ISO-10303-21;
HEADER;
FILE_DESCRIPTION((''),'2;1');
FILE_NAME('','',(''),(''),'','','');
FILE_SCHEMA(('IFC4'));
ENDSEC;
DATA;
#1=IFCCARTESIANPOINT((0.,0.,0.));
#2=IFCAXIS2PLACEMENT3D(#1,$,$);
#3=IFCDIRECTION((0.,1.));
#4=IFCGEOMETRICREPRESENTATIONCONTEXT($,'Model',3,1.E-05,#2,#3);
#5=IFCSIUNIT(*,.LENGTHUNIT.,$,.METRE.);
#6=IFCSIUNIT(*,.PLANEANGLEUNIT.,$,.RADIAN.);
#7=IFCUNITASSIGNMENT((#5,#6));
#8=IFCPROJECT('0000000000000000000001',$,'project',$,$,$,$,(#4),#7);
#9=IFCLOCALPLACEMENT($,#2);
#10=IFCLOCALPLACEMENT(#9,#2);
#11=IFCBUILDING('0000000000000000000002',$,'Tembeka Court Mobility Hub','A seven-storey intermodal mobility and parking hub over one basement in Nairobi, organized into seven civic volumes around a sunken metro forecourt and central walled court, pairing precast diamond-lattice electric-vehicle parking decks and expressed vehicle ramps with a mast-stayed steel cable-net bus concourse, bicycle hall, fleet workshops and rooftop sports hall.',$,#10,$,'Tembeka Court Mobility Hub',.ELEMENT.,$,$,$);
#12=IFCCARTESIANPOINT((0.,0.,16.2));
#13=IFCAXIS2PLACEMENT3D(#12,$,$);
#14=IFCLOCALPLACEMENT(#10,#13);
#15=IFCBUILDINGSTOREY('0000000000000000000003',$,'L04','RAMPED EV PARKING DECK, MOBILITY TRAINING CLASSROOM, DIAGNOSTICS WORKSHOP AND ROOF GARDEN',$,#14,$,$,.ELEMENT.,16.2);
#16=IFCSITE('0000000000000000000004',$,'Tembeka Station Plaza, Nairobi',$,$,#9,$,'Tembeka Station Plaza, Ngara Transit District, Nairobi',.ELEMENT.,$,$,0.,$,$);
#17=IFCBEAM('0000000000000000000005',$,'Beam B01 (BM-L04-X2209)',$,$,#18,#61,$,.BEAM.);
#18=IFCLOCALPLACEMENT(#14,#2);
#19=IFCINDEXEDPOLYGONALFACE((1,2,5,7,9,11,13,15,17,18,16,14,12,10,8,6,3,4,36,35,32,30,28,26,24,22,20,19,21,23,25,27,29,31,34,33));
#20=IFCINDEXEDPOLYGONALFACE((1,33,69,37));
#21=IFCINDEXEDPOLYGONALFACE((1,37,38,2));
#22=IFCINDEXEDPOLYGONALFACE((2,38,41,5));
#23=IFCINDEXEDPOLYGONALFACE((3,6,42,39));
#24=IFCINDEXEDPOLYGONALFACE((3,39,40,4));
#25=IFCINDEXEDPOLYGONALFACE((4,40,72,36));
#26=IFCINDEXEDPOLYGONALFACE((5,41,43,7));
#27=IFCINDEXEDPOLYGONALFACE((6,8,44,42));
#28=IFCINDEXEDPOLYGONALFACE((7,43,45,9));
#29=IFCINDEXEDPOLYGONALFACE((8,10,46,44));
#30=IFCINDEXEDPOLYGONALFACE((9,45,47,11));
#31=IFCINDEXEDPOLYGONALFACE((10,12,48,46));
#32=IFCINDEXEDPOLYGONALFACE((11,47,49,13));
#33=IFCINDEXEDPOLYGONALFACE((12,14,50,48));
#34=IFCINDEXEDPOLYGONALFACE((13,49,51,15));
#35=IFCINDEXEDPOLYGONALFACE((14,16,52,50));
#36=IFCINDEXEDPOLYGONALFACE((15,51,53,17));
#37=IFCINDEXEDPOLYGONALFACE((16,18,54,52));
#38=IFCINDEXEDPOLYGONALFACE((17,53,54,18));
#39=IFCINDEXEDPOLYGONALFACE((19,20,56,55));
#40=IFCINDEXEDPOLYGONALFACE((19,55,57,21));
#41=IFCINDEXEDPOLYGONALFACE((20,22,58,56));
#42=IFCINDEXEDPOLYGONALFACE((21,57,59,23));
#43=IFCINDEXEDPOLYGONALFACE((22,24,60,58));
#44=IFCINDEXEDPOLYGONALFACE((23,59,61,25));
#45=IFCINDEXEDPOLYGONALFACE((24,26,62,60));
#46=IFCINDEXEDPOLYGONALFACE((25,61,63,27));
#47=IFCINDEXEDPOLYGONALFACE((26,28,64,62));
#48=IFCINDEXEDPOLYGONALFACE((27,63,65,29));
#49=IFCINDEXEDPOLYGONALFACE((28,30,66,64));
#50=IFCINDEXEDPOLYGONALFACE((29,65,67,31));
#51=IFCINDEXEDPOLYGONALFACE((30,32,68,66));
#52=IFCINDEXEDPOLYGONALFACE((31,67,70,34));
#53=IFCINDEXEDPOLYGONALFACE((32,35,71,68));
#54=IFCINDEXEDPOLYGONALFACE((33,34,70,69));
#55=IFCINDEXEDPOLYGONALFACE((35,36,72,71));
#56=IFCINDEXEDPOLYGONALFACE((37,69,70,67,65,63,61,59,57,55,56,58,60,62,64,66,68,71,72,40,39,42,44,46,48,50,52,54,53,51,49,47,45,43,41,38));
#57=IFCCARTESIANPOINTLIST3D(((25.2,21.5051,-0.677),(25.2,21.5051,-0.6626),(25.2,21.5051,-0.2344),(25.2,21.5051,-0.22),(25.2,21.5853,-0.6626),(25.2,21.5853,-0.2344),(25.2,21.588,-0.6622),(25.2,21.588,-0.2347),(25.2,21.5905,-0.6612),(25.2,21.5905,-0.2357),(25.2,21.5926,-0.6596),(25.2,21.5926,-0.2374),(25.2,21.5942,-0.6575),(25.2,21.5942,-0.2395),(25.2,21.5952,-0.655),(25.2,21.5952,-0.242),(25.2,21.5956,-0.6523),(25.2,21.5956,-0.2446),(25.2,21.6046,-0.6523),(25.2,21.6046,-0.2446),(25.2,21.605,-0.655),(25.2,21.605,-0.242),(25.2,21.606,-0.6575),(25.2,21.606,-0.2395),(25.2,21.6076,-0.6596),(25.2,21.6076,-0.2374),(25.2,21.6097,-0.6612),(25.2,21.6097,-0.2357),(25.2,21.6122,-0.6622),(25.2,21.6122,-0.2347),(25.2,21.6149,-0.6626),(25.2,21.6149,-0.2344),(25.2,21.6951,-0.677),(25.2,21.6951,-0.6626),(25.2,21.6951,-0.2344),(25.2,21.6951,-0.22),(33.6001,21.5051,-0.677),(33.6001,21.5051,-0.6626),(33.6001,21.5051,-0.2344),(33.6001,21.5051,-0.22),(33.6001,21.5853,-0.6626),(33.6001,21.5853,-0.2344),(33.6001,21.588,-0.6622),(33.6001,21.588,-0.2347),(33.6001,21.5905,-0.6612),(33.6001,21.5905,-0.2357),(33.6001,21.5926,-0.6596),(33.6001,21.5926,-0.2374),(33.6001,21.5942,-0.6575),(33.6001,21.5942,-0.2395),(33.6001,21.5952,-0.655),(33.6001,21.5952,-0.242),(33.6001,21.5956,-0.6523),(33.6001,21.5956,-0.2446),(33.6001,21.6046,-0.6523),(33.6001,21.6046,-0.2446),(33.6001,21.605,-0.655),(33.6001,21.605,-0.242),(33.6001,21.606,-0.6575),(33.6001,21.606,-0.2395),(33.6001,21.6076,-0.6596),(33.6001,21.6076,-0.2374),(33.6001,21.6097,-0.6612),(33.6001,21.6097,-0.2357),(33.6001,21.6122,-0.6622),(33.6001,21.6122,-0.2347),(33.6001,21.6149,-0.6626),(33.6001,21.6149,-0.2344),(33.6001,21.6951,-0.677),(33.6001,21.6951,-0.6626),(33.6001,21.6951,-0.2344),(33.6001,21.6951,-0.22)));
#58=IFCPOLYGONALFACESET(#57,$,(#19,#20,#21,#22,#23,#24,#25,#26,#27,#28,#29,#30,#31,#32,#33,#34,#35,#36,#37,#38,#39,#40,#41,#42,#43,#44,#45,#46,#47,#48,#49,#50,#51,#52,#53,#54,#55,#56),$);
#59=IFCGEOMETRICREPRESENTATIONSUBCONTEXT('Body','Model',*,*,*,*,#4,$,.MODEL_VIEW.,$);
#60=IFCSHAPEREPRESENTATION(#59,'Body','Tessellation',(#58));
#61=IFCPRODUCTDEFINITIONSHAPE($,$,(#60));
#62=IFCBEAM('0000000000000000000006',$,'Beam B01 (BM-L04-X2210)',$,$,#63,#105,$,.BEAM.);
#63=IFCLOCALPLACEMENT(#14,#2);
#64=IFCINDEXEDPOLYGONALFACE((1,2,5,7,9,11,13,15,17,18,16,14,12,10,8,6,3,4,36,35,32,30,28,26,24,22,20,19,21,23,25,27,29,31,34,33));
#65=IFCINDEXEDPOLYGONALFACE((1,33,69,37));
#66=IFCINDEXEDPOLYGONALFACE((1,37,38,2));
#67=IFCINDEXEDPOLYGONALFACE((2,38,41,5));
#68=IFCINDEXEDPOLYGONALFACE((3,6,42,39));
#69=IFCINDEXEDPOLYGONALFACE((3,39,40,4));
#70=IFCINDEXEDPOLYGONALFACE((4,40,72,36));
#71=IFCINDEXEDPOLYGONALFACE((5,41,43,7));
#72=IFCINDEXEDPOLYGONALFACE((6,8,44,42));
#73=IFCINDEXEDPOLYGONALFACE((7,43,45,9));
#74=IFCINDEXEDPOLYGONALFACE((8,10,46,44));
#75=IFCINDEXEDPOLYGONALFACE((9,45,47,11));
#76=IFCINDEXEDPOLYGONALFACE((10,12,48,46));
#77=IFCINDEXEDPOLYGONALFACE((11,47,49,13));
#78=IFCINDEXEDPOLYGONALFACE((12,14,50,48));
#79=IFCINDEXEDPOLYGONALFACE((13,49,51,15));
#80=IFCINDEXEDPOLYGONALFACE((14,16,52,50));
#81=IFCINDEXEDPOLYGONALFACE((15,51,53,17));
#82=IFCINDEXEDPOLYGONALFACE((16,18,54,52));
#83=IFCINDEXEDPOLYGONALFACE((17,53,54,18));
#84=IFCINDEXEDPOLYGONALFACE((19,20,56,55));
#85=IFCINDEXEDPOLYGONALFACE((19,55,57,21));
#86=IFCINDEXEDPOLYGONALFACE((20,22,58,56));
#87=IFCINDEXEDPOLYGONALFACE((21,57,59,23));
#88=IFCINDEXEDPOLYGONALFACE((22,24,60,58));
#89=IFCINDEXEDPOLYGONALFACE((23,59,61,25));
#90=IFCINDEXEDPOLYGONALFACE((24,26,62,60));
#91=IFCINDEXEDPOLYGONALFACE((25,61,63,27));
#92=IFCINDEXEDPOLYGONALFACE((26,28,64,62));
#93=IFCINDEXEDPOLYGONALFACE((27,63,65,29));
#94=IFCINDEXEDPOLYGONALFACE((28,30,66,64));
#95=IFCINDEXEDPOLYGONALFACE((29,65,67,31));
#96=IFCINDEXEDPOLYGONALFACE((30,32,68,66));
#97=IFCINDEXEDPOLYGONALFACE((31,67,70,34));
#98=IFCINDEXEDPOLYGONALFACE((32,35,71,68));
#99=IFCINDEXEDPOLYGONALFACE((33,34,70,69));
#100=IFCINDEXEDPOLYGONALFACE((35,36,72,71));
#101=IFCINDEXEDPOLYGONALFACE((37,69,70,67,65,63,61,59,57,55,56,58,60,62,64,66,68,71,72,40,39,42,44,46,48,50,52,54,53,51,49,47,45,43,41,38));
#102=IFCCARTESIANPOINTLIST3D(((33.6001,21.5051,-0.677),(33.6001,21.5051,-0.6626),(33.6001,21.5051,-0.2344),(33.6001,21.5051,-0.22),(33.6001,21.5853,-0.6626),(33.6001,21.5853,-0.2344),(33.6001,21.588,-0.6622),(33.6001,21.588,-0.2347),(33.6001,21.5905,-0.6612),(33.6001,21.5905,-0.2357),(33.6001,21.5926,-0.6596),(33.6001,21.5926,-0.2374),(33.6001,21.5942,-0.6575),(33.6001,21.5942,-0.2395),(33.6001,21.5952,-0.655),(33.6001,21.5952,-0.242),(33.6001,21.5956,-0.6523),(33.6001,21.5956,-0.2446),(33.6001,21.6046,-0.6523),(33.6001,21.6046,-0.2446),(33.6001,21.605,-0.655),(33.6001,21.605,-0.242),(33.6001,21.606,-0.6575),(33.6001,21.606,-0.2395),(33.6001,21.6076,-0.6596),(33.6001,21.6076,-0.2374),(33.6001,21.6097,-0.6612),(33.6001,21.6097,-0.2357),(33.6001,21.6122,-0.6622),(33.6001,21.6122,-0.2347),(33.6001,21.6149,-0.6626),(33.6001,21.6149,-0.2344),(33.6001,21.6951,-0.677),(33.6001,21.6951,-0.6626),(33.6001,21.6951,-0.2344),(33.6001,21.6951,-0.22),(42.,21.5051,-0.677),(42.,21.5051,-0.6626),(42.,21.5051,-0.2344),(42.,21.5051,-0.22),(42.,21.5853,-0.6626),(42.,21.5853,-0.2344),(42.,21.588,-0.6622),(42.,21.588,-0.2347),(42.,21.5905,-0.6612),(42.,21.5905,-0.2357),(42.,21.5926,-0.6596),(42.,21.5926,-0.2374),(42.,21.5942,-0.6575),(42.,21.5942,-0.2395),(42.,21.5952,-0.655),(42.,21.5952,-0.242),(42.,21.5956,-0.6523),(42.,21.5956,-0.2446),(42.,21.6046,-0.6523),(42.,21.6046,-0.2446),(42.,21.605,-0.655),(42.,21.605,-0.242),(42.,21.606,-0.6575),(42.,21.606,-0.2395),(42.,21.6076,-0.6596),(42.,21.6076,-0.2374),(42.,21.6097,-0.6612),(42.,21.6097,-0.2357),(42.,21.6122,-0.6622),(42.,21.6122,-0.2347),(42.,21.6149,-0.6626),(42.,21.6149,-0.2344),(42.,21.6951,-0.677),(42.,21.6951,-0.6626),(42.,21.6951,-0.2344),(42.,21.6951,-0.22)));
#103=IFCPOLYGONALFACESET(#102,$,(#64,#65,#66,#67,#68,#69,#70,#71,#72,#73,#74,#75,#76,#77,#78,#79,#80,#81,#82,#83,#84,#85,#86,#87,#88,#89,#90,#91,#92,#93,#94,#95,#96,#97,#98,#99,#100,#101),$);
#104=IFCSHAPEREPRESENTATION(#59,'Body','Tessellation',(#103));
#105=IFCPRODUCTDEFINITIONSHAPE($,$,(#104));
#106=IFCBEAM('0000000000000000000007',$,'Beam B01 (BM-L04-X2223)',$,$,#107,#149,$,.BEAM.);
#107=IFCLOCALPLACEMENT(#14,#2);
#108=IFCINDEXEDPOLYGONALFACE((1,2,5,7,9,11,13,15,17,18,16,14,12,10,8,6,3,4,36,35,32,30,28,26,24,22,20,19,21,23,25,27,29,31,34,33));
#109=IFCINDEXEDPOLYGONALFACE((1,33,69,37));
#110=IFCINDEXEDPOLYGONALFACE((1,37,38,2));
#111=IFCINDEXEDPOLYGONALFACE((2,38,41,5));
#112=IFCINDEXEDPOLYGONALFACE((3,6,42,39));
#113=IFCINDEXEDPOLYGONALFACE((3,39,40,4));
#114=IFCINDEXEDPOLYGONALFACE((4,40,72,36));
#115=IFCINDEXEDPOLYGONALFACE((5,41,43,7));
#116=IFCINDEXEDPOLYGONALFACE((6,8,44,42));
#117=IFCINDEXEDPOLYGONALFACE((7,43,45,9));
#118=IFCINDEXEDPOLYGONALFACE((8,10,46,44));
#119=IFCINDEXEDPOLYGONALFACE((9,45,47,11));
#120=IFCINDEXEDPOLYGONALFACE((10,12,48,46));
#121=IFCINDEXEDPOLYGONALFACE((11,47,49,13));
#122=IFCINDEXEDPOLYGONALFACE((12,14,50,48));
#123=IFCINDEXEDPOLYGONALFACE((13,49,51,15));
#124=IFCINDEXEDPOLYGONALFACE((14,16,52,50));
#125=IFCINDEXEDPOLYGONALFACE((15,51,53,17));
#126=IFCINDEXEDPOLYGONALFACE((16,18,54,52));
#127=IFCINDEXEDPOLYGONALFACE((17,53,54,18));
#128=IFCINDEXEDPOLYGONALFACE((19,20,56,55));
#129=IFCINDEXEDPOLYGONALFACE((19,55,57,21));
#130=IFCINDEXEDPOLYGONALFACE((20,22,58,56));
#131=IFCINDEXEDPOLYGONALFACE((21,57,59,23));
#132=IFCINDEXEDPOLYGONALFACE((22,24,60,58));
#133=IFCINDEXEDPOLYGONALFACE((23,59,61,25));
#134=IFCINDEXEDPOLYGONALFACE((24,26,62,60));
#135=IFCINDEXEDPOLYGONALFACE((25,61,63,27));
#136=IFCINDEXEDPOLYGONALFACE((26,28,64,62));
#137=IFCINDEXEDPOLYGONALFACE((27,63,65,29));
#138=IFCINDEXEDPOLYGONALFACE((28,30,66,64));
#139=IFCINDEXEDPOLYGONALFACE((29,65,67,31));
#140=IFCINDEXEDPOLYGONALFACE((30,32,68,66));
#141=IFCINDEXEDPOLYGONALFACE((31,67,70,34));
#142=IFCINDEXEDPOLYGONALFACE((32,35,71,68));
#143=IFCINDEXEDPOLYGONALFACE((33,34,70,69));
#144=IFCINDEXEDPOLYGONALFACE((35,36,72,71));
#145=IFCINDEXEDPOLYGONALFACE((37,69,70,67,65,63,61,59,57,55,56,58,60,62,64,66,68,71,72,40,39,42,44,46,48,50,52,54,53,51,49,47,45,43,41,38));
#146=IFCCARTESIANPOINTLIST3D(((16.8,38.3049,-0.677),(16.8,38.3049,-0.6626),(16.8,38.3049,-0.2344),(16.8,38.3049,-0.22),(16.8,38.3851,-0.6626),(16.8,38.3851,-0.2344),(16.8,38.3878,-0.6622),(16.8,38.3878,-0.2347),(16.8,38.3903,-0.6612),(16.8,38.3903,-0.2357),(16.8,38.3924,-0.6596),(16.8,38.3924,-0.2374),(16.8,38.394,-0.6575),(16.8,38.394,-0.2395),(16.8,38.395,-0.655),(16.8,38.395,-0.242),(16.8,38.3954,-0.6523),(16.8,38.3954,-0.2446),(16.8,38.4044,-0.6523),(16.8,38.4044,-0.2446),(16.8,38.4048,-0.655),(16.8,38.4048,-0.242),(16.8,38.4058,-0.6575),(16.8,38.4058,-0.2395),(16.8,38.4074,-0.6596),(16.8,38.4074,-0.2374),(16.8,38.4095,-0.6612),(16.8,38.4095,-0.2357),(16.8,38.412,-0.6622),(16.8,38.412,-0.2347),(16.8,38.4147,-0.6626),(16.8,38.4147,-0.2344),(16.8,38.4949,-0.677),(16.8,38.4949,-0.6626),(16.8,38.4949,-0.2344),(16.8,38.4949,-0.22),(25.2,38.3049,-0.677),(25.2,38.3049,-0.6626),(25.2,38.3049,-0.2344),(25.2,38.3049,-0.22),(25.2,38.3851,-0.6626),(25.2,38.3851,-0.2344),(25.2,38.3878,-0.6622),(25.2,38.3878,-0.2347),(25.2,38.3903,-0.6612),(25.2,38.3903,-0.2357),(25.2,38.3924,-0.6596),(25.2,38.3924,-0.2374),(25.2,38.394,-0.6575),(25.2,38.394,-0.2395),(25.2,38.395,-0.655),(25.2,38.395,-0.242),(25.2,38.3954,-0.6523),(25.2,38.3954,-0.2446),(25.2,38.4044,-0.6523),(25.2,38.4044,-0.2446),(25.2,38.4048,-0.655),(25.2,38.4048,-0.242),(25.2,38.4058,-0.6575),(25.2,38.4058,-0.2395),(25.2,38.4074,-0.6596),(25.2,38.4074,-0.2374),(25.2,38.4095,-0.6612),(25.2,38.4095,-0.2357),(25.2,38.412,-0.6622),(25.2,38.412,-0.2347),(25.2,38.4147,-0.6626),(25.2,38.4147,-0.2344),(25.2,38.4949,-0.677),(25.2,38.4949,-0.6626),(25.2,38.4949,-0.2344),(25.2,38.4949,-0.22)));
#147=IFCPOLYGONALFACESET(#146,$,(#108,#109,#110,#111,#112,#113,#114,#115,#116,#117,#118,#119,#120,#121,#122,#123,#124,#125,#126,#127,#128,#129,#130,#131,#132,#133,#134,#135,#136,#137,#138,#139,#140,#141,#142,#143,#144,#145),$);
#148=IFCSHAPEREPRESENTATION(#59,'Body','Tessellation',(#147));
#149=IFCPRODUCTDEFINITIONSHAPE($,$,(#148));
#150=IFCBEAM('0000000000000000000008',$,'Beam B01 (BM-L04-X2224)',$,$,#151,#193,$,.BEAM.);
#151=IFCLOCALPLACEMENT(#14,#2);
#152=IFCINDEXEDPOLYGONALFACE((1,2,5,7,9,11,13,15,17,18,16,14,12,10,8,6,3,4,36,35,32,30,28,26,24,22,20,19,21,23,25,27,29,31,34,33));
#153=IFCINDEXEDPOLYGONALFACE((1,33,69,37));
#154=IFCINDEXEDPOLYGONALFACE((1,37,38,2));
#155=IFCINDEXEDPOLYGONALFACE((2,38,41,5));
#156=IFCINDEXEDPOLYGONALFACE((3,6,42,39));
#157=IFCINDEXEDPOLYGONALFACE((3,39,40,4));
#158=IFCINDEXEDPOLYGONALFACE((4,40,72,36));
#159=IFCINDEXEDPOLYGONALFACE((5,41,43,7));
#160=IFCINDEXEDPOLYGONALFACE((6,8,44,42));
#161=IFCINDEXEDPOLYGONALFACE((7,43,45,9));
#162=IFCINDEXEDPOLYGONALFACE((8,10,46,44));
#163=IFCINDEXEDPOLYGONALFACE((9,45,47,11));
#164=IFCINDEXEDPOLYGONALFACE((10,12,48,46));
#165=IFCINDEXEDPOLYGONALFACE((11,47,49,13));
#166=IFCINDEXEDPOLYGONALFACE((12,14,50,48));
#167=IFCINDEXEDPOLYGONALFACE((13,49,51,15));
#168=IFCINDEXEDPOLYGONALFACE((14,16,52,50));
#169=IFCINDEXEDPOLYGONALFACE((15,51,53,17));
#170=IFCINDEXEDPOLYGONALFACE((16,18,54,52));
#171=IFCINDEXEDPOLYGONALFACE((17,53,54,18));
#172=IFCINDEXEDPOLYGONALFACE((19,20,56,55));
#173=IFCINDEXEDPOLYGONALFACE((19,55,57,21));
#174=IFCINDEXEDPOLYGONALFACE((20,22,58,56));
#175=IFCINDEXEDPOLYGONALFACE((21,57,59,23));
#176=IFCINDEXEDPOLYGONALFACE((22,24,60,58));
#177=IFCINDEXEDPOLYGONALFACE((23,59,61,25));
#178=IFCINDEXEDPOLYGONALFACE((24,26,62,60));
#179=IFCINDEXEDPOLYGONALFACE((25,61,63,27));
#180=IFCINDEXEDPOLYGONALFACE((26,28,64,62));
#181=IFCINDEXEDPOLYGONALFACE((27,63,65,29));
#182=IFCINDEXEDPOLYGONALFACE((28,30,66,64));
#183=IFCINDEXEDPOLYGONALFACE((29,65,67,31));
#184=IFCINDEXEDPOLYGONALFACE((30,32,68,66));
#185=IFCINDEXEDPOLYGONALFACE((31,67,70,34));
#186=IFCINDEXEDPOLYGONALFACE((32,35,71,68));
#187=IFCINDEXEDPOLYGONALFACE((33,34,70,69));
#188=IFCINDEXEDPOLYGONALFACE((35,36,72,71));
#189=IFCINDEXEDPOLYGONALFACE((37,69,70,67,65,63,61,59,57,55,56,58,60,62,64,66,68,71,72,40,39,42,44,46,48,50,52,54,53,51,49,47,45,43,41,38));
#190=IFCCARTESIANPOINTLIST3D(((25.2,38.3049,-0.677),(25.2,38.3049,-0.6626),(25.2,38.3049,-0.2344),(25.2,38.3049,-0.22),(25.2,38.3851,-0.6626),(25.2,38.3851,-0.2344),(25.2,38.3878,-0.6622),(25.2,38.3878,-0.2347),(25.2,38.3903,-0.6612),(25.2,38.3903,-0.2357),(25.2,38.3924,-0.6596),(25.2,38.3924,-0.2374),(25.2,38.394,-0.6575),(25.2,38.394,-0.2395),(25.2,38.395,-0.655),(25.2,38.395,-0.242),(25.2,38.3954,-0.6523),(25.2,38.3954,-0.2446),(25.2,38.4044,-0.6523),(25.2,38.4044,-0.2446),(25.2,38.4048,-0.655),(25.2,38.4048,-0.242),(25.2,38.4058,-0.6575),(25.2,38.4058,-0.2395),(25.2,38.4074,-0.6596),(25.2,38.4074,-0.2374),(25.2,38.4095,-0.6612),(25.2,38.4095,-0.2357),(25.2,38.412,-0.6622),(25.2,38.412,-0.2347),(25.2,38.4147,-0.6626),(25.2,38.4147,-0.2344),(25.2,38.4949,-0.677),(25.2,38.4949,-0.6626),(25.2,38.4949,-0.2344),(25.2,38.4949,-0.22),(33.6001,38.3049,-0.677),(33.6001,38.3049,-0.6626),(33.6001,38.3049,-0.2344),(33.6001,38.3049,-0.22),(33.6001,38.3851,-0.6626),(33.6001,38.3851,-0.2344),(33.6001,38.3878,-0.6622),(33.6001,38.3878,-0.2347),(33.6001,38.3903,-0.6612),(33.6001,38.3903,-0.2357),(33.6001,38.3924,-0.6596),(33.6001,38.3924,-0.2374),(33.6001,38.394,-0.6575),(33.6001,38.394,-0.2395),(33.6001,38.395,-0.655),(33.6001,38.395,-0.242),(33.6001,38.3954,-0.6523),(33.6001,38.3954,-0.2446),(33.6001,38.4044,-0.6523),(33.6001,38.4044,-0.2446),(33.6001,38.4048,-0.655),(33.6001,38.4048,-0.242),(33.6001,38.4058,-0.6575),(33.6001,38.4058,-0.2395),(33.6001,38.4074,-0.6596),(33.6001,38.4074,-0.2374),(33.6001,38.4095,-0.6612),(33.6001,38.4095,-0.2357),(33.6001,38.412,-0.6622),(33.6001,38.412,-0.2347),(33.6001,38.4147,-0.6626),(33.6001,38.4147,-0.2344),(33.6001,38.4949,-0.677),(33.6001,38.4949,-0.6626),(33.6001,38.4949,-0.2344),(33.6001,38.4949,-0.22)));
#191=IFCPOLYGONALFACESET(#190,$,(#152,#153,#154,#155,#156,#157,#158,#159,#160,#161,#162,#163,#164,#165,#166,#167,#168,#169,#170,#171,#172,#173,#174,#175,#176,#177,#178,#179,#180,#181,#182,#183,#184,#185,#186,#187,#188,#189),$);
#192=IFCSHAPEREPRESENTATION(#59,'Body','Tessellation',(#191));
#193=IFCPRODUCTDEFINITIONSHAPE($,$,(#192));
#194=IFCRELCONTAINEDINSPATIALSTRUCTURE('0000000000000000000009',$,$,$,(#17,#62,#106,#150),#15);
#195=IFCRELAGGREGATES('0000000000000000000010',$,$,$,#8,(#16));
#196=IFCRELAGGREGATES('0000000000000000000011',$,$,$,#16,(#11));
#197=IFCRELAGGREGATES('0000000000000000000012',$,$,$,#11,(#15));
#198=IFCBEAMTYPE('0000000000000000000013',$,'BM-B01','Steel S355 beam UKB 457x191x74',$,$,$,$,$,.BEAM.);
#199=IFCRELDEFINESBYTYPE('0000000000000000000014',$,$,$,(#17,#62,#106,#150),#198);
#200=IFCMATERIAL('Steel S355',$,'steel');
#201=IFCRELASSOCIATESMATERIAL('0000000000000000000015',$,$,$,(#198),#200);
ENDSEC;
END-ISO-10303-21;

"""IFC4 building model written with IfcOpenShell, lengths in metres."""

from ifc_helpers import new_model, si_unit, direction, frame, origin, origin_2d, place, context, subcontext, project, spatial, i_section, extrude, material, material_profile, profile_set, type_object, element, save


model = new_model("IFC4")

# Units and contexts
model_context = context("Model", 3, precision=1e-05, world=origin(), true_north=direction((0.0, 1.0)))
body_context = subcontext(model_context, "Body", "Model", "MODEL_VIEW")
ifc_project = project(units=[si_unit("LENGTHUNIT", "METRE"), si_unit("PLANEANGLEUNIT", "RADIAN")], contexts=[model_context])

# Site, building, storey
site_placement = place(None, origin())
site = spatial("IfcSite", under=ifc_project, at=site_placement, Name="Tembeka Station Plaza, Nairobi", LongName="Tembeka Station Plaza, Ngara Transit District, Nairobi", CompositionType="ELEMENT", RefElevation=0.0)
building_placement = place(site_placement, origin())
building = spatial("IfcBuilding", under=site, at=building_placement, Name="Tembeka Court Mobility Hub", Description="A seven-storey intermodal mobility and parking hub over one basement in Nairobi, organized into seven civic volumes around a sunken metro forecourt and central walled court, pairing precast diamond-lattice electric-vehicle parking decks and expressed vehicle ramps with a mast-stayed steel cable-net bus concourse, bicycle hall, fleet workshops and rooftop sports hall.", LongName="Tembeka Court Mobility Hub", CompositionType="ELEMENT")
storey_placement = place(building_placement, frame((0.0, 0.0, 16.2)))
storey = spatial("IfcBuildingStorey", under=building, at=storey_placement, Name="L04", Description="RAMPED EV PARKING DECK, MOBILITY TRAINING CLASSROOM, DIAGNOSTICS WORKSHOP AND ROOF GARDEN", CompositionType="ELEMENT", Elevation=16.2)

# Shared definitions
ifc_material_1 = material(Name="Steel S355", Category="steel")

# Beams
ifc_material_profile_1 = material_profile(ifc_material_1, i_section(OverallWidth=0.1899, OverallDepth=0.457, WebThickness=0.009, FlangeThickness=0.0144, FilletRadius=0.0103, at=origin_2d()), Name="UKB 457x191x74")
ifc_profile_set_1 = profile_set([ifc_material_profile_1], Name="Steel S355")
beam_type_1 = type_object("IfcBeamType", Name="BM-B01", Description="Steel S355 beam UKB 457x191x74", PredefinedType="BEAM", material=ifc_profile_set_1)
beam_1_placement = place(storey_placement, frame((25.2, 21.6001, -0.4485), z_axis=(1.0, 0.0, 0.0), x_axis=(0.0, 1.0, 0.0)))
element("IfcBeam", 1, at=beam_1_placement, inside=storey, type_object=beam_type_1, Name="Beam B01 (BM-L04-X2209)", PredefinedType="BEAM", context=body_context, shape_type="SweptSolid", body=[
    extrude(i_section(OverallWidth=0.1899, OverallDepth=0.457, WebThickness=0.009, FlangeThickness=0.0144, FilletRadius=0.0103, at=origin_2d()), origin(), (0.0, 0.0, 1.0), 8.4001),
])
for number, where, z_axis, x_axis, name in (
    (2, (33.6001, 21.6001, -0.4485), (1.0, 0.0, 0.0), (0.0, 1.0, 0.0), "Beam B01 (BM-L04-X2210)"),
    (3, (16.8, 38.3999, -0.4485), (1.0, 0.0, 0.0), (0.0, 1.0, 0.0), "Beam B01 (BM-L04-X2223)"),
):
    element("IfcBeam", number, at=place(storey_placement, frame(where, z_axis=z_axis, x_axis=x_axis)), inside=storey, type_object=beam_type_1, Name=name, PredefinedType="BEAM", context=body_context, shape_type="SweptSolid", body=[
        extrude(i_section(OverallWidth=0.1899, OverallDepth=0.457, WebThickness=0.009, FlangeThickness=0.0144, FilletRadius=0.0103, at=origin_2d()), origin(), (0.0, 0.0, 1.0), 8.3999),
    ])
beam_2_placement = place(storey_placement, frame((25.2, 38.3999, -0.4485), z_axis=(1.0, 0.0, 0.0), x_axis=(0.0, 1.0, 0.0)))
element("IfcBeam", 4, at=beam_2_placement, inside=storey, type_object=beam_type_1, Name="Beam B01 (BM-L04-X2224)", PredefinedType="BEAM", context=body_context, shape_type="SweptSolid", body=[
    extrude(i_section(OverallWidth=0.1899, OverallDepth=0.457, WebThickness=0.009, FlangeThickness=0.0144, FilletRadius=0.0103, at=origin_2d()), origin(), (0.0, 0.0, 1.0), 8.4001),
])

save(model, "model.ifc")
